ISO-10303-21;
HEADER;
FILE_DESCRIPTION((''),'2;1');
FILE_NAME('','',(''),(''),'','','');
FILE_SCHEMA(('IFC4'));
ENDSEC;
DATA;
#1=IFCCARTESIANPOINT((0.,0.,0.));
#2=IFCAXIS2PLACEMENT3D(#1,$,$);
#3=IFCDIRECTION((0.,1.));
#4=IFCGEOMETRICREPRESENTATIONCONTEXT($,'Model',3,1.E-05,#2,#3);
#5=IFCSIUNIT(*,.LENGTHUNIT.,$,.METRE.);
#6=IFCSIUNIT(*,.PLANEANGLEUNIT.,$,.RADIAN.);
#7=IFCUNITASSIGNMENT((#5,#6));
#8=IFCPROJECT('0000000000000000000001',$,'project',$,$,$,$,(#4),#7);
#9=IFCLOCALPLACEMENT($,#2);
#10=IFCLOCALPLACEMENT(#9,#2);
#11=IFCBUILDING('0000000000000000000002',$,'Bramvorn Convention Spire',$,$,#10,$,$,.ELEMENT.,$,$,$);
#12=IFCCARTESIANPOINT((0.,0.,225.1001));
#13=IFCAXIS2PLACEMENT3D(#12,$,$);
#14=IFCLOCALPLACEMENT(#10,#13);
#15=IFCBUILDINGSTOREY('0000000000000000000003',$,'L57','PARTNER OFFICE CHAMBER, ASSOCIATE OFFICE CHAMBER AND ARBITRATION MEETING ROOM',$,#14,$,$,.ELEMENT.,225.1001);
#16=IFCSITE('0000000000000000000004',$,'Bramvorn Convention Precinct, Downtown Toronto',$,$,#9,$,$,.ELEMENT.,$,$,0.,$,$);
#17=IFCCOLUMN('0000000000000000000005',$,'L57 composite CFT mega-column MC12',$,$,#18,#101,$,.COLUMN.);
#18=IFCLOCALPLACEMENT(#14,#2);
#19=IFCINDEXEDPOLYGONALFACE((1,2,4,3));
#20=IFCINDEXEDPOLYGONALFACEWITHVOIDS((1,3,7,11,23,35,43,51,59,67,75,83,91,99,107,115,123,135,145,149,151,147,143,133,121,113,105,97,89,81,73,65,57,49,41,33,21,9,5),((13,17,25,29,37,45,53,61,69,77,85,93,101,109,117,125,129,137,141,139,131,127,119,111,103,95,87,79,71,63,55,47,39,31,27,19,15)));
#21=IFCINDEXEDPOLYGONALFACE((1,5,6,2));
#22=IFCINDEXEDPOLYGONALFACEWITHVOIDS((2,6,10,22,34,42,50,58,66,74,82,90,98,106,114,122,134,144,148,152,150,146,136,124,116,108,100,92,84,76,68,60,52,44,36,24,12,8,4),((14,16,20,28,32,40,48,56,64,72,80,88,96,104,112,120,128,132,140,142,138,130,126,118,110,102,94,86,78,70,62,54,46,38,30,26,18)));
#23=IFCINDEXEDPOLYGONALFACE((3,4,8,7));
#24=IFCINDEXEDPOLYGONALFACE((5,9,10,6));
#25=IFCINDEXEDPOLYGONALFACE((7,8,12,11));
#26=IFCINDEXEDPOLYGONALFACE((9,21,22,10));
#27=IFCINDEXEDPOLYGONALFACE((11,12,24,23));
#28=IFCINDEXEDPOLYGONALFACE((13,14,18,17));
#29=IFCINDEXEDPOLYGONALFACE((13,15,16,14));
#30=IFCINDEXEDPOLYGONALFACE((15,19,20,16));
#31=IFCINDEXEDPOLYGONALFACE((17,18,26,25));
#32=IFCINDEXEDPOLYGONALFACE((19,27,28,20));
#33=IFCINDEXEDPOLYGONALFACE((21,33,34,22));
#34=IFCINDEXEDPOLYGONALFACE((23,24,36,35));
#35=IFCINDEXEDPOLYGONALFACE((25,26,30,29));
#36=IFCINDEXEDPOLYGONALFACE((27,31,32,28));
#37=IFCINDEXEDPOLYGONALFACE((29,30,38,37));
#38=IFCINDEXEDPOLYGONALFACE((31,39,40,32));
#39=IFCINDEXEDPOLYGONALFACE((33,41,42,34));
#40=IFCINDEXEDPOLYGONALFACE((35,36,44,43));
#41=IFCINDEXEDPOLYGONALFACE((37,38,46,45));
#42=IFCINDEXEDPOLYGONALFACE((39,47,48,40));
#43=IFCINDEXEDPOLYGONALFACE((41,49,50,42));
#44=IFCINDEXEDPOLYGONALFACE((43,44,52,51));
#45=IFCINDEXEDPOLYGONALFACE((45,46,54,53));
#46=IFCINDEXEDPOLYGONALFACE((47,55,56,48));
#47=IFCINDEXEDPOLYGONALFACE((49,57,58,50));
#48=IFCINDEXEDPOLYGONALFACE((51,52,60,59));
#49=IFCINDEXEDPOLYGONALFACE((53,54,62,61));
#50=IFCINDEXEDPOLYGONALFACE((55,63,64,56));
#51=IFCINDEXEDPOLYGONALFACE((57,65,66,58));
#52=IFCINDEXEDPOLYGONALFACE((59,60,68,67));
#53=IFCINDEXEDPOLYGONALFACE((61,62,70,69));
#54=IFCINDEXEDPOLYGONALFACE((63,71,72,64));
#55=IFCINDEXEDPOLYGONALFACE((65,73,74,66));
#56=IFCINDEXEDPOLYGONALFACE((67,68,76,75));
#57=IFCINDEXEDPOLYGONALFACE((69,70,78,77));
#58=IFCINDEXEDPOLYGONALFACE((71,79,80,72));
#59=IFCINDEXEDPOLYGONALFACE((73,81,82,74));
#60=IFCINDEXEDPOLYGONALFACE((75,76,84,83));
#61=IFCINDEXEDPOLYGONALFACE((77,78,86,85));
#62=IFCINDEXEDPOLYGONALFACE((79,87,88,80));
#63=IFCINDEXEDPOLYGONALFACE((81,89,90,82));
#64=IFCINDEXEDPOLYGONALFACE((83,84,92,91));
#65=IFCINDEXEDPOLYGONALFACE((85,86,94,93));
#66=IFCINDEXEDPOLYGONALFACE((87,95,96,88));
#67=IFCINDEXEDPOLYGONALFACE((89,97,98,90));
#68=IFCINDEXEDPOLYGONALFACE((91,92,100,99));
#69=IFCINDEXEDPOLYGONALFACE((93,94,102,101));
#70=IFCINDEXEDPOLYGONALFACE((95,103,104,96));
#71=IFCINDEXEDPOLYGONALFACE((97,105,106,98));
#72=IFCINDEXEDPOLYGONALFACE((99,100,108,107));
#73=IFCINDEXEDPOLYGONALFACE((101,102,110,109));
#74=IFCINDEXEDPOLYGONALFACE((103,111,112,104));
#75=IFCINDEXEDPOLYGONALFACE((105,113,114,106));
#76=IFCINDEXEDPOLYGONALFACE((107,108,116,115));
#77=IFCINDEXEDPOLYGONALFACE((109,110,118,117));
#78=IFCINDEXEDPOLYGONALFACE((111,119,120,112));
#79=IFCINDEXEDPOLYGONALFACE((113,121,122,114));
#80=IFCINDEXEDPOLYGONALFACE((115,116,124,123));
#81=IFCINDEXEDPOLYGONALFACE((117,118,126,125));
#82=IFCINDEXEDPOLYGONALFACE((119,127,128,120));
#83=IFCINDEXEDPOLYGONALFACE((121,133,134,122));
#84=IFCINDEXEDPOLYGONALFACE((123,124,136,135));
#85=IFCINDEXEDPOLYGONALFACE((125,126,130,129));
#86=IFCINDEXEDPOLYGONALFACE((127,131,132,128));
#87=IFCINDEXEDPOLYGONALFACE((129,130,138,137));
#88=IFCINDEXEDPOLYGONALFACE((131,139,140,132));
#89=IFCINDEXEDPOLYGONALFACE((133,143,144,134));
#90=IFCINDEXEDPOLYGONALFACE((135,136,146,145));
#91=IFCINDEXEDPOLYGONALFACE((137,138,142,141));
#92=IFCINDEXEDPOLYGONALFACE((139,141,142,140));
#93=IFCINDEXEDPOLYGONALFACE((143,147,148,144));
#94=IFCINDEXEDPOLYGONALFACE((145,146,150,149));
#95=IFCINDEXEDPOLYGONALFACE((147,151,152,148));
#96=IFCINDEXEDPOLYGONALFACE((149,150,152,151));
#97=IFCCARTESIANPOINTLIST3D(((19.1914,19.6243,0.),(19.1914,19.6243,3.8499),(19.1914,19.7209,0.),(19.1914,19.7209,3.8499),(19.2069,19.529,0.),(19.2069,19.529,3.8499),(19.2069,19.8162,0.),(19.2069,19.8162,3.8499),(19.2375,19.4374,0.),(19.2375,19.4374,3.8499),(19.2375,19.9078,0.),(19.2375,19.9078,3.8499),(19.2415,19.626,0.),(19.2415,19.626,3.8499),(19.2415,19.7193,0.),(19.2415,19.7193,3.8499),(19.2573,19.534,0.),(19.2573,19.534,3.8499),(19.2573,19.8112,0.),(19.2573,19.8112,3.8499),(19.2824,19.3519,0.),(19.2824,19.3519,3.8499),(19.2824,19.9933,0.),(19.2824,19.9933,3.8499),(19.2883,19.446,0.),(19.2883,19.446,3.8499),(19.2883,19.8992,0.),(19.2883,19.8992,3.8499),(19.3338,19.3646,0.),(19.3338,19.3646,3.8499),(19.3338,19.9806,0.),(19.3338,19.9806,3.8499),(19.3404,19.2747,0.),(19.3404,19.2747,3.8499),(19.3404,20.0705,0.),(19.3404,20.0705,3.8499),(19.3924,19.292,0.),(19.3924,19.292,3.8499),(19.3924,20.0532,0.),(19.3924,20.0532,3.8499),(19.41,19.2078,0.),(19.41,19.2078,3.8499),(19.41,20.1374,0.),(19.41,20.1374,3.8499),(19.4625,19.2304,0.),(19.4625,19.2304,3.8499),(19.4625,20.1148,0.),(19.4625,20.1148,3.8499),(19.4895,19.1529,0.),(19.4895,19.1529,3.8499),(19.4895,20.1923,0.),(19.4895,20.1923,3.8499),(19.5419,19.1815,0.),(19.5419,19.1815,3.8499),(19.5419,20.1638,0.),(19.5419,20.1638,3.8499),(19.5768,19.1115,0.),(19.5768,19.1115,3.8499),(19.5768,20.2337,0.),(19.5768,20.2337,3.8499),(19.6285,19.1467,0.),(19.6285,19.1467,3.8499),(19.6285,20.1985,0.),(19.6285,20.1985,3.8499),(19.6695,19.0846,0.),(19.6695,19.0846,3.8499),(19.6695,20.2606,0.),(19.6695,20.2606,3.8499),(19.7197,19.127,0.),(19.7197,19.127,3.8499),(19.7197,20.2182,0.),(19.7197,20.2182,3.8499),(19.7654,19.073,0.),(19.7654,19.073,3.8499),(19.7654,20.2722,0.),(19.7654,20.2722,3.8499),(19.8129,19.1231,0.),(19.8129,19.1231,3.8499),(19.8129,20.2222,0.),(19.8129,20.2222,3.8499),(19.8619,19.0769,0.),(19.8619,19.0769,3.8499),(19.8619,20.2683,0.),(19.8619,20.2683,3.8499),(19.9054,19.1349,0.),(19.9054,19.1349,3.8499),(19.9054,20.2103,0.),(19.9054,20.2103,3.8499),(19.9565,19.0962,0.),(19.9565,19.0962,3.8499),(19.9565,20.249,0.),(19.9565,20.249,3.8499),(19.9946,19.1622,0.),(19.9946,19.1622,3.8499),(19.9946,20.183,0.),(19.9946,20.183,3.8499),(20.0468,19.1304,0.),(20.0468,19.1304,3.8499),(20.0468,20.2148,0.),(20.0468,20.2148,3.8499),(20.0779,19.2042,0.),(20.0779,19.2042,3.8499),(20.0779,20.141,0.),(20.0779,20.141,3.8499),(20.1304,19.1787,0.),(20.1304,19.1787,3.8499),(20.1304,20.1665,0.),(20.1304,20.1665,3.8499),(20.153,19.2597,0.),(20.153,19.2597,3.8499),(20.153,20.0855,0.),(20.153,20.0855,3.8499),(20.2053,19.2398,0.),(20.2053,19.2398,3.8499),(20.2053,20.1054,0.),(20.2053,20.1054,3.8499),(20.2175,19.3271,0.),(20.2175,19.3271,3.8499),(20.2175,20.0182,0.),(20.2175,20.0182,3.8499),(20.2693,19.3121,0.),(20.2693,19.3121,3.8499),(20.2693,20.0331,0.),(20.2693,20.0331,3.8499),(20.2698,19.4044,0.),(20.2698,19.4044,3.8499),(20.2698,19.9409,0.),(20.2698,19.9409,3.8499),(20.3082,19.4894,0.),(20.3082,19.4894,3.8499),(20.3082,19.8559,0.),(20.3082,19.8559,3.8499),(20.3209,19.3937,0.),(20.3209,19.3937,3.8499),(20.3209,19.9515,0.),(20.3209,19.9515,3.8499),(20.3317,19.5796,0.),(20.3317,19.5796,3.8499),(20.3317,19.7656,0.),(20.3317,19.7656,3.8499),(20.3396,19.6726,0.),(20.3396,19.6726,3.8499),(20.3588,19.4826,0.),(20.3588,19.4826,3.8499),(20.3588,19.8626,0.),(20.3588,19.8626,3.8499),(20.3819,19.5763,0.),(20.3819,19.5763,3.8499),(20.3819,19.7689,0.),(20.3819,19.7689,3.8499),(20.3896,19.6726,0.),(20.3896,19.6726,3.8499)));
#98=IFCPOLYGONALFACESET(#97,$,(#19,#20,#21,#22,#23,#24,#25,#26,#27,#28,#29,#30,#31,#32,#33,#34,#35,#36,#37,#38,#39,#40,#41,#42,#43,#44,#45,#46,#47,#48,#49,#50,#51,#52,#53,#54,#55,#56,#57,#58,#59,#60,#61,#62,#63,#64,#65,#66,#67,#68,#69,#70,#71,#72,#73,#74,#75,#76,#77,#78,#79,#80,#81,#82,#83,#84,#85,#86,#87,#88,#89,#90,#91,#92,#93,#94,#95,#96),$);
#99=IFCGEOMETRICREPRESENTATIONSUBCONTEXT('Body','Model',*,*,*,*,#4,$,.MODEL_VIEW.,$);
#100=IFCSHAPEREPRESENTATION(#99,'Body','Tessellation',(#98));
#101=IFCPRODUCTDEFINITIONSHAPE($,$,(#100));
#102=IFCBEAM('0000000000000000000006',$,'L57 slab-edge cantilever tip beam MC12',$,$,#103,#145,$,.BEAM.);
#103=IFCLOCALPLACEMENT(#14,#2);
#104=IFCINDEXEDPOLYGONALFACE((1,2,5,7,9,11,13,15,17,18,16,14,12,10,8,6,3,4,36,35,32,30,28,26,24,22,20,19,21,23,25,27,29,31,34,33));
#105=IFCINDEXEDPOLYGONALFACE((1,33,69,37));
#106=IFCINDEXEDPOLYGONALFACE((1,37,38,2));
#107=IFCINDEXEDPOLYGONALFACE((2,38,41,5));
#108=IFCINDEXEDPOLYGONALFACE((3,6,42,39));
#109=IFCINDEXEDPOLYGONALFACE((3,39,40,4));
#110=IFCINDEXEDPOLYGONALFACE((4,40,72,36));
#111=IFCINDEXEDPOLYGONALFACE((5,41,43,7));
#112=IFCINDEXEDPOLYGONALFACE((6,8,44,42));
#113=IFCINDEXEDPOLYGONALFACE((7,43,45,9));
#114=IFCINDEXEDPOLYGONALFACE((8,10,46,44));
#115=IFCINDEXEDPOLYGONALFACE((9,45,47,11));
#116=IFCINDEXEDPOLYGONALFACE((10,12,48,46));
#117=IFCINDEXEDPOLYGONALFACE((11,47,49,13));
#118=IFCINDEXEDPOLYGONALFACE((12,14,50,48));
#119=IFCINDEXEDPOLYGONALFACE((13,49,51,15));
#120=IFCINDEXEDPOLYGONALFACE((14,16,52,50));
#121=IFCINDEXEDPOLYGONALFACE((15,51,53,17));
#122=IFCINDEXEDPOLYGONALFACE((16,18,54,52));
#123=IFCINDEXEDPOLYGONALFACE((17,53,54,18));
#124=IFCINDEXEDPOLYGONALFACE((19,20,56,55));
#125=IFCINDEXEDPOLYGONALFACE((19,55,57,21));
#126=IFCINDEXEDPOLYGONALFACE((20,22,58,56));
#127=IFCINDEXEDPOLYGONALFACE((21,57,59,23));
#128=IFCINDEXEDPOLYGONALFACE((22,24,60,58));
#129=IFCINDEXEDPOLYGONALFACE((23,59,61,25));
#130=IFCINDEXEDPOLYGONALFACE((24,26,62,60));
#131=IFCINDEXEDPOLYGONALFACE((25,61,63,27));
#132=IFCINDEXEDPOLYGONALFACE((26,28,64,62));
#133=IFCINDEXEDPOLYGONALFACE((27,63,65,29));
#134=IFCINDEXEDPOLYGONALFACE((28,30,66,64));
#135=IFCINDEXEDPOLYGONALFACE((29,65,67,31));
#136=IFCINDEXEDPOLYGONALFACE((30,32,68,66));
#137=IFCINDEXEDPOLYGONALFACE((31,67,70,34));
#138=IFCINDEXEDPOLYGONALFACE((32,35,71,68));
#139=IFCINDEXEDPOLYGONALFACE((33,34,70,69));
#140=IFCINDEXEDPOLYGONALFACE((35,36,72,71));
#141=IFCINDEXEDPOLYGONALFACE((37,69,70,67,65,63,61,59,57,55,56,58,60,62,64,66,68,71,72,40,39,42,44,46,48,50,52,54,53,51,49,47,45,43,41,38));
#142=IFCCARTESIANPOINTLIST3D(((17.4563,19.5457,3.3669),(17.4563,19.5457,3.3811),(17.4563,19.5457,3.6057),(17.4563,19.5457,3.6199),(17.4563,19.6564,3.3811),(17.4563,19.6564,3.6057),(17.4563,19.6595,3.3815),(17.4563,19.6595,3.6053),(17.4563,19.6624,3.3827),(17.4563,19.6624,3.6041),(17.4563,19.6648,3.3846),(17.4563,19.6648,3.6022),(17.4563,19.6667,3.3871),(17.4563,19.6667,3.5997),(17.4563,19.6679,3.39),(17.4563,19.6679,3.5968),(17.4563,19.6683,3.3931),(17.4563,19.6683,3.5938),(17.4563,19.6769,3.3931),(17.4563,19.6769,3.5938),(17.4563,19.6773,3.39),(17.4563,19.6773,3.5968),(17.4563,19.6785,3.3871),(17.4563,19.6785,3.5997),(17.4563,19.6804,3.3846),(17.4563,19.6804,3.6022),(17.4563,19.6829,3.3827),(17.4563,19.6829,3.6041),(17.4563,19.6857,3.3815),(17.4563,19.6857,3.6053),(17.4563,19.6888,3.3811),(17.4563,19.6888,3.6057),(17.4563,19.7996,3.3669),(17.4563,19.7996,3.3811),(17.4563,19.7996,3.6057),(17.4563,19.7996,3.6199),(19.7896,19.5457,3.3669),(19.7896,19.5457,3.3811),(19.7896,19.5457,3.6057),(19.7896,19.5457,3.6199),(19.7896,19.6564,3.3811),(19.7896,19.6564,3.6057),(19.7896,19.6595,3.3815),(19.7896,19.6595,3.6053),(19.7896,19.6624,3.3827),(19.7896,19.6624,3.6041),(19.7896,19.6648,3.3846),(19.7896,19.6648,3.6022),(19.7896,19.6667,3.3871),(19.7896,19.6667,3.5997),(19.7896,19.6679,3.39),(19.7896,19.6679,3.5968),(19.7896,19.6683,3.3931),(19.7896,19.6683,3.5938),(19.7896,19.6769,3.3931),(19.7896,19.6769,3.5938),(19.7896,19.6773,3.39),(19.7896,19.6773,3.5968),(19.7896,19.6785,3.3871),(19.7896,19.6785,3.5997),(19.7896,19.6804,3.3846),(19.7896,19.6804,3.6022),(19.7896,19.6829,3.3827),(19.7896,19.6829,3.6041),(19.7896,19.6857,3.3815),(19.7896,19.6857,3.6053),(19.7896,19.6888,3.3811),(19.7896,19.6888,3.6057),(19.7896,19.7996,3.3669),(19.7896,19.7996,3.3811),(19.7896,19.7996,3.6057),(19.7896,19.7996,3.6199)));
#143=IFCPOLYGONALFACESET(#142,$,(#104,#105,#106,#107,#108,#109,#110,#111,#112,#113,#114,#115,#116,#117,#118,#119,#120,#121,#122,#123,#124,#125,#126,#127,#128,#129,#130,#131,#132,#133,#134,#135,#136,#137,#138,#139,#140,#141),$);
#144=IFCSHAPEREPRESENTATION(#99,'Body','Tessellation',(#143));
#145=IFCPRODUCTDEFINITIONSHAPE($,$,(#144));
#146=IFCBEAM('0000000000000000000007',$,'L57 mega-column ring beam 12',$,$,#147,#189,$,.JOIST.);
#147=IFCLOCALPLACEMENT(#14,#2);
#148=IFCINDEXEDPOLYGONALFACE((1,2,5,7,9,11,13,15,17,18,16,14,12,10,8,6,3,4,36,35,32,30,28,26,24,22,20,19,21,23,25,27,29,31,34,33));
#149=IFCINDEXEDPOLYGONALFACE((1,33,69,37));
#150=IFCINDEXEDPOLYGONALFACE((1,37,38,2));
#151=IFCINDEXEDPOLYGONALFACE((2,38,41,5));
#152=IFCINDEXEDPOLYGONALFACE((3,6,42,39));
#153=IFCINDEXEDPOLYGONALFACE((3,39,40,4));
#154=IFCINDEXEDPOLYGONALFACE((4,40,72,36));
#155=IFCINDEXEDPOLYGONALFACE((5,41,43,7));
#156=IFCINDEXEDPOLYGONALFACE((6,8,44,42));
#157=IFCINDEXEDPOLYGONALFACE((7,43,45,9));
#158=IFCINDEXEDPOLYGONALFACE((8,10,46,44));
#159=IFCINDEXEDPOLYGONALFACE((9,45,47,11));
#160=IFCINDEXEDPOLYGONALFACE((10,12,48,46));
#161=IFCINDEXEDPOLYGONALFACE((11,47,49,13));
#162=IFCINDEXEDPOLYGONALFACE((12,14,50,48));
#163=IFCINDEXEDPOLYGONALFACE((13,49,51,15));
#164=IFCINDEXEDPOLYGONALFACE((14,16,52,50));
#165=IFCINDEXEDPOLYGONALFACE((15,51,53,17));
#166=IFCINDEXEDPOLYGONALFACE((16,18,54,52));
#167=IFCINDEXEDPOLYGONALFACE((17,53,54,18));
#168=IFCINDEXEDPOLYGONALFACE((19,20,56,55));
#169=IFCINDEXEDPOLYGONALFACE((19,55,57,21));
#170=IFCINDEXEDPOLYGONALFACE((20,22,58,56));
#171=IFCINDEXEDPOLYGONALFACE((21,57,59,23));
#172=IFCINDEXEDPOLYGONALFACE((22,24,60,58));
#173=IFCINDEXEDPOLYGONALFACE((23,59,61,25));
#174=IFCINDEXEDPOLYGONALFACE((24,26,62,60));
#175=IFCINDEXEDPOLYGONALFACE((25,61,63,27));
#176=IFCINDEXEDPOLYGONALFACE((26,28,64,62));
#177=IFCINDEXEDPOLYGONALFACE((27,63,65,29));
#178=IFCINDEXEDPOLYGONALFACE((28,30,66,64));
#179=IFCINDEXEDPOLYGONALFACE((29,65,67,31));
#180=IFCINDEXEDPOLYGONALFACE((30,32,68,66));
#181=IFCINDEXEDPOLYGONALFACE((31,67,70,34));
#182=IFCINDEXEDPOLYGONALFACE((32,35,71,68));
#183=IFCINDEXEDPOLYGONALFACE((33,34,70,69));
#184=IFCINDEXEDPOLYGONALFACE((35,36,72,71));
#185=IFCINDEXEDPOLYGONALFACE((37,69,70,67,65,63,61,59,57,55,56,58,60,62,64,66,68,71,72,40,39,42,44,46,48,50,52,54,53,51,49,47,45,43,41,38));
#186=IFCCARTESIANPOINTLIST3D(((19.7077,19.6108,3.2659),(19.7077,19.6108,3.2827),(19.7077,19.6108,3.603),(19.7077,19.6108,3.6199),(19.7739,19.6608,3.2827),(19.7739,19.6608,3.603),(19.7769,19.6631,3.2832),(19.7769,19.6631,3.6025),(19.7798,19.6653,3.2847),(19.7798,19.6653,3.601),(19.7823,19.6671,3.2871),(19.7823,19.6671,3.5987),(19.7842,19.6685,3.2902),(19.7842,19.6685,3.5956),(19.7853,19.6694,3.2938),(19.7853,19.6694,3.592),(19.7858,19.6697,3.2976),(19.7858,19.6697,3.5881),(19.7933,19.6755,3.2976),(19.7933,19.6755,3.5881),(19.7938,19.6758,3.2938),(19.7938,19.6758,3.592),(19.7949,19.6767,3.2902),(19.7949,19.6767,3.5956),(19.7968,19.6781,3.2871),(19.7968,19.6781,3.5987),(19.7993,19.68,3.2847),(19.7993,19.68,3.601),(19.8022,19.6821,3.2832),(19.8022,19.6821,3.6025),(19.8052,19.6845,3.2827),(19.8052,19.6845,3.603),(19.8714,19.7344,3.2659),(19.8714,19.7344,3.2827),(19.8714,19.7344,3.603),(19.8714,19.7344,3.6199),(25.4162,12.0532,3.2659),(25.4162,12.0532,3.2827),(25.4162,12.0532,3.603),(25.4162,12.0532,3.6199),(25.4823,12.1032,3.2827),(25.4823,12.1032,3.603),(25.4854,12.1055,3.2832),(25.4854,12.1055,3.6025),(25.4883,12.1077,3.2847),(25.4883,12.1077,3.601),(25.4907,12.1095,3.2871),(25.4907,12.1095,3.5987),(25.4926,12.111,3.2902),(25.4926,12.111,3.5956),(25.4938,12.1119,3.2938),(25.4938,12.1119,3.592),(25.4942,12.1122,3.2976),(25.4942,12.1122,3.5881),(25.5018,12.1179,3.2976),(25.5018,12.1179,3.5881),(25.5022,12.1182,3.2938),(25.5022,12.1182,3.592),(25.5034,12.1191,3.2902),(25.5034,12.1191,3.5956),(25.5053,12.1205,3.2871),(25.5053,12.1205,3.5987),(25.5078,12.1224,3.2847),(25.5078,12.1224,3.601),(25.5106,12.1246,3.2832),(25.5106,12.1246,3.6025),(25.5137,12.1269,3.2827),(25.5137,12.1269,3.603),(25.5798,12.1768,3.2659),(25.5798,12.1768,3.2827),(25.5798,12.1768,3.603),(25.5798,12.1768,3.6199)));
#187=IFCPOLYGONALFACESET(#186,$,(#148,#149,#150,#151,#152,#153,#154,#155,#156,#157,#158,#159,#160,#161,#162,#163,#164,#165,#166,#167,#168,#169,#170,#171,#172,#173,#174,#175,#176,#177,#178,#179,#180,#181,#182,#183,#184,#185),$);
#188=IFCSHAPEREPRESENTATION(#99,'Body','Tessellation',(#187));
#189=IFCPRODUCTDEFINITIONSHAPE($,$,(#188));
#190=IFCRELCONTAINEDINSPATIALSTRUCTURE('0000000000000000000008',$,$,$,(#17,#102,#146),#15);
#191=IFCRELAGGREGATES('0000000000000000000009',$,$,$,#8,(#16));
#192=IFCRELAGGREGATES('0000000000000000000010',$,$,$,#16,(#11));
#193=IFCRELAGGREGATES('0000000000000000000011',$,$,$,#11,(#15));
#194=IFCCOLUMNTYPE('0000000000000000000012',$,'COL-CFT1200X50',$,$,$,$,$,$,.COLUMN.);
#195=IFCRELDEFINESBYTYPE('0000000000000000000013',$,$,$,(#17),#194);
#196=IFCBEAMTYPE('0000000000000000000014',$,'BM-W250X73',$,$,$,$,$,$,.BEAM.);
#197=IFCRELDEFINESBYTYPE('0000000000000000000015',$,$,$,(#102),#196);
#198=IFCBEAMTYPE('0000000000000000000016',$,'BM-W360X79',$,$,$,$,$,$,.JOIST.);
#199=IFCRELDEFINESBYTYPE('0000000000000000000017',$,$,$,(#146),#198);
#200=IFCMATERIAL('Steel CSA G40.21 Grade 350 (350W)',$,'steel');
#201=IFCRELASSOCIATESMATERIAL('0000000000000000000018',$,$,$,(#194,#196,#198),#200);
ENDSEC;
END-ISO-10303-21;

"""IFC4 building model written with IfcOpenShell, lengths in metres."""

from ifc_helpers import new_model, si_unit, direction, frame, origin, origin_2d, place, context, subcontext, project, spatial, hollow_circle, i_section, extrude, material, material_profile, profile_set, type_object, element, save


model = new_model("IFC4")

# Units and contexts
model_context = context("Model", 3, precision=1e-05, world=origin(), true_north=direction((0.0, 1.0)))
body_context = subcontext(model_context, "Body", "Model", "MODEL_VIEW")
ifc_project = project(units=[si_unit("LENGTHUNIT", "METRE"), si_unit("PLANEANGLEUNIT", "RADIAN")], contexts=[model_context])

# Site, building, storey
site_placement = place(None, origin())
site = spatial("IfcSite", under=ifc_project, at=site_placement, Name="Bramvorn Convention Precinct, Downtown Toronto", CompositionType="ELEMENT", RefElevation=0.0)
building_placement = place(site_placement, origin())
building = spatial("IfcBuilding", under=site, at=building_placement, Name="Bramvorn Convention Spire", CompositionType="ELEMENT")
storey_placement = place(building_placement, frame((0.0, 0.0, 225.1001)))
storey = spatial("IfcBuildingStorey", under=building, at=storey_placement, Name="L57", Description="PARTNER OFFICE CHAMBER, ASSOCIATE OFFICE CHAMBER AND ARBITRATION MEETING ROOM", CompositionType="ELEMENT", Elevation=225.1001)

# Column
ifc_material_1 = material(Name="Steel CSA G40.21 Grade 350 (350W)", Category="steel")
ifc_material_profile_1 = material_profile(ifc_material_1, hollow_circle(Radius=0.6001, WallThickness=0.05, at=origin_2d()))
ifc_profile_set_1 = profile_set([ifc_material_profile_1], Name="Steel CSA G40.21 Grade 350 (350W) - CFT1200X50")
column_type = type_object("IfcColumnType", Name="COL-CFT1200X50", PredefinedType="COLUMN", material=ifc_profile_set_1)
column_placement = place(storey_placement, frame((19.7896, 19.6726, 0.0), z_axis=(0.0, 0.0, 1.0), x_axis=(1.0, 0.0, 0.0)))
element("IfcColumn", 1, at=column_placement, inside=storey, type_object=column_type, Name="L57 composite CFT mega-column MC12", PredefinedType="COLUMN", context=body_context, shape_type="SweptSolid", body=[
    extrude(hollow_circle(Radius=0.6001, WallThickness=0.05, at=origin_2d()), origin(), (0.0, 0.0, 1.0), 3.8499),
])

# Beams
ifc_material_profile_2 = material_profile(ifc_material_1, i_section(OverallWidth=0.2539, OverallDepth=0.2529, WebThickness=0.0085, FlangeThickness=0.0142, FilletRadius=0.012, at=origin_2d()))
ifc_profile_set_2 = profile_set([ifc_material_profile_2], Name="Steel CSA G40.21 Grade 350 (350W) - W250X73")
beam_type_1 = type_object("IfcBeamType", Name="BM-W250X73", PredefinedType="BEAM", material=ifc_profile_set_2)
beam_1_placement = place(storey_placement, frame((19.7896, 19.6726, 3.4934), z_axis=(-1.0, 0.0, 0.0), x_axis=(0.0, -1.0, 0.0)))
element("IfcBeam", 2, at=beam_1_placement, inside=storey, type_object=beam_type_1, Name="L57 slab-edge cantilever tip beam MC12", PredefinedType="BEAM", context=body_context, shape_type="SweptSolid", body=[
    extrude(i_section(OverallWidth=0.2539, OverallDepth=0.2529, WebThickness=0.0085, FlangeThickness=0.0142, FilletRadius=0.012, at=origin_2d()), origin(), (0.0, 0.0, 1.0), 2.3333),
])
ifc_material_profile_3 = material_profile(ifc_material_1, i_section(OverallWidth=0.2051, OverallDepth=0.354, WebThickness=0.0095, FlangeThickness=0.0168, FilletRadius=0.0149, at=origin_2d()))
ifc_profile_set_3 = profile_set([ifc_material_profile_3], Name="Steel CSA G40.21 Grade 350 (350W) - W360X79")
beam_type_2 = type_object("IfcBeamType", Name="BM-W360X79", PredefinedType="JOIST", material=ifc_profile_set_3)
beam_2_placement = place(storey_placement, frame((19.7896, 19.6726, 3.4429), z_axis=(0.602719, -0.797954, 0.0), x_axis=(0.797954, 0.602719, 0.0)))
element("IfcBeam", 3, at=beam_2_placement, inside=storey, type_object=beam_type_2, Name="L57 mega-column ring beam 12", PredefinedType="JOIST", context=body_context, shape_type="SweptSolid", body=[
    extrude(i_section(OverallWidth=0.2051, OverallDepth=0.354, WebThickness=0.0095, FlangeThickness=0.0168, FilletRadius=0.0149, at=origin_2d()), origin(), (0.0, 0.0, 1.0), 9.4712),
])

save(model, "model.ifc")
